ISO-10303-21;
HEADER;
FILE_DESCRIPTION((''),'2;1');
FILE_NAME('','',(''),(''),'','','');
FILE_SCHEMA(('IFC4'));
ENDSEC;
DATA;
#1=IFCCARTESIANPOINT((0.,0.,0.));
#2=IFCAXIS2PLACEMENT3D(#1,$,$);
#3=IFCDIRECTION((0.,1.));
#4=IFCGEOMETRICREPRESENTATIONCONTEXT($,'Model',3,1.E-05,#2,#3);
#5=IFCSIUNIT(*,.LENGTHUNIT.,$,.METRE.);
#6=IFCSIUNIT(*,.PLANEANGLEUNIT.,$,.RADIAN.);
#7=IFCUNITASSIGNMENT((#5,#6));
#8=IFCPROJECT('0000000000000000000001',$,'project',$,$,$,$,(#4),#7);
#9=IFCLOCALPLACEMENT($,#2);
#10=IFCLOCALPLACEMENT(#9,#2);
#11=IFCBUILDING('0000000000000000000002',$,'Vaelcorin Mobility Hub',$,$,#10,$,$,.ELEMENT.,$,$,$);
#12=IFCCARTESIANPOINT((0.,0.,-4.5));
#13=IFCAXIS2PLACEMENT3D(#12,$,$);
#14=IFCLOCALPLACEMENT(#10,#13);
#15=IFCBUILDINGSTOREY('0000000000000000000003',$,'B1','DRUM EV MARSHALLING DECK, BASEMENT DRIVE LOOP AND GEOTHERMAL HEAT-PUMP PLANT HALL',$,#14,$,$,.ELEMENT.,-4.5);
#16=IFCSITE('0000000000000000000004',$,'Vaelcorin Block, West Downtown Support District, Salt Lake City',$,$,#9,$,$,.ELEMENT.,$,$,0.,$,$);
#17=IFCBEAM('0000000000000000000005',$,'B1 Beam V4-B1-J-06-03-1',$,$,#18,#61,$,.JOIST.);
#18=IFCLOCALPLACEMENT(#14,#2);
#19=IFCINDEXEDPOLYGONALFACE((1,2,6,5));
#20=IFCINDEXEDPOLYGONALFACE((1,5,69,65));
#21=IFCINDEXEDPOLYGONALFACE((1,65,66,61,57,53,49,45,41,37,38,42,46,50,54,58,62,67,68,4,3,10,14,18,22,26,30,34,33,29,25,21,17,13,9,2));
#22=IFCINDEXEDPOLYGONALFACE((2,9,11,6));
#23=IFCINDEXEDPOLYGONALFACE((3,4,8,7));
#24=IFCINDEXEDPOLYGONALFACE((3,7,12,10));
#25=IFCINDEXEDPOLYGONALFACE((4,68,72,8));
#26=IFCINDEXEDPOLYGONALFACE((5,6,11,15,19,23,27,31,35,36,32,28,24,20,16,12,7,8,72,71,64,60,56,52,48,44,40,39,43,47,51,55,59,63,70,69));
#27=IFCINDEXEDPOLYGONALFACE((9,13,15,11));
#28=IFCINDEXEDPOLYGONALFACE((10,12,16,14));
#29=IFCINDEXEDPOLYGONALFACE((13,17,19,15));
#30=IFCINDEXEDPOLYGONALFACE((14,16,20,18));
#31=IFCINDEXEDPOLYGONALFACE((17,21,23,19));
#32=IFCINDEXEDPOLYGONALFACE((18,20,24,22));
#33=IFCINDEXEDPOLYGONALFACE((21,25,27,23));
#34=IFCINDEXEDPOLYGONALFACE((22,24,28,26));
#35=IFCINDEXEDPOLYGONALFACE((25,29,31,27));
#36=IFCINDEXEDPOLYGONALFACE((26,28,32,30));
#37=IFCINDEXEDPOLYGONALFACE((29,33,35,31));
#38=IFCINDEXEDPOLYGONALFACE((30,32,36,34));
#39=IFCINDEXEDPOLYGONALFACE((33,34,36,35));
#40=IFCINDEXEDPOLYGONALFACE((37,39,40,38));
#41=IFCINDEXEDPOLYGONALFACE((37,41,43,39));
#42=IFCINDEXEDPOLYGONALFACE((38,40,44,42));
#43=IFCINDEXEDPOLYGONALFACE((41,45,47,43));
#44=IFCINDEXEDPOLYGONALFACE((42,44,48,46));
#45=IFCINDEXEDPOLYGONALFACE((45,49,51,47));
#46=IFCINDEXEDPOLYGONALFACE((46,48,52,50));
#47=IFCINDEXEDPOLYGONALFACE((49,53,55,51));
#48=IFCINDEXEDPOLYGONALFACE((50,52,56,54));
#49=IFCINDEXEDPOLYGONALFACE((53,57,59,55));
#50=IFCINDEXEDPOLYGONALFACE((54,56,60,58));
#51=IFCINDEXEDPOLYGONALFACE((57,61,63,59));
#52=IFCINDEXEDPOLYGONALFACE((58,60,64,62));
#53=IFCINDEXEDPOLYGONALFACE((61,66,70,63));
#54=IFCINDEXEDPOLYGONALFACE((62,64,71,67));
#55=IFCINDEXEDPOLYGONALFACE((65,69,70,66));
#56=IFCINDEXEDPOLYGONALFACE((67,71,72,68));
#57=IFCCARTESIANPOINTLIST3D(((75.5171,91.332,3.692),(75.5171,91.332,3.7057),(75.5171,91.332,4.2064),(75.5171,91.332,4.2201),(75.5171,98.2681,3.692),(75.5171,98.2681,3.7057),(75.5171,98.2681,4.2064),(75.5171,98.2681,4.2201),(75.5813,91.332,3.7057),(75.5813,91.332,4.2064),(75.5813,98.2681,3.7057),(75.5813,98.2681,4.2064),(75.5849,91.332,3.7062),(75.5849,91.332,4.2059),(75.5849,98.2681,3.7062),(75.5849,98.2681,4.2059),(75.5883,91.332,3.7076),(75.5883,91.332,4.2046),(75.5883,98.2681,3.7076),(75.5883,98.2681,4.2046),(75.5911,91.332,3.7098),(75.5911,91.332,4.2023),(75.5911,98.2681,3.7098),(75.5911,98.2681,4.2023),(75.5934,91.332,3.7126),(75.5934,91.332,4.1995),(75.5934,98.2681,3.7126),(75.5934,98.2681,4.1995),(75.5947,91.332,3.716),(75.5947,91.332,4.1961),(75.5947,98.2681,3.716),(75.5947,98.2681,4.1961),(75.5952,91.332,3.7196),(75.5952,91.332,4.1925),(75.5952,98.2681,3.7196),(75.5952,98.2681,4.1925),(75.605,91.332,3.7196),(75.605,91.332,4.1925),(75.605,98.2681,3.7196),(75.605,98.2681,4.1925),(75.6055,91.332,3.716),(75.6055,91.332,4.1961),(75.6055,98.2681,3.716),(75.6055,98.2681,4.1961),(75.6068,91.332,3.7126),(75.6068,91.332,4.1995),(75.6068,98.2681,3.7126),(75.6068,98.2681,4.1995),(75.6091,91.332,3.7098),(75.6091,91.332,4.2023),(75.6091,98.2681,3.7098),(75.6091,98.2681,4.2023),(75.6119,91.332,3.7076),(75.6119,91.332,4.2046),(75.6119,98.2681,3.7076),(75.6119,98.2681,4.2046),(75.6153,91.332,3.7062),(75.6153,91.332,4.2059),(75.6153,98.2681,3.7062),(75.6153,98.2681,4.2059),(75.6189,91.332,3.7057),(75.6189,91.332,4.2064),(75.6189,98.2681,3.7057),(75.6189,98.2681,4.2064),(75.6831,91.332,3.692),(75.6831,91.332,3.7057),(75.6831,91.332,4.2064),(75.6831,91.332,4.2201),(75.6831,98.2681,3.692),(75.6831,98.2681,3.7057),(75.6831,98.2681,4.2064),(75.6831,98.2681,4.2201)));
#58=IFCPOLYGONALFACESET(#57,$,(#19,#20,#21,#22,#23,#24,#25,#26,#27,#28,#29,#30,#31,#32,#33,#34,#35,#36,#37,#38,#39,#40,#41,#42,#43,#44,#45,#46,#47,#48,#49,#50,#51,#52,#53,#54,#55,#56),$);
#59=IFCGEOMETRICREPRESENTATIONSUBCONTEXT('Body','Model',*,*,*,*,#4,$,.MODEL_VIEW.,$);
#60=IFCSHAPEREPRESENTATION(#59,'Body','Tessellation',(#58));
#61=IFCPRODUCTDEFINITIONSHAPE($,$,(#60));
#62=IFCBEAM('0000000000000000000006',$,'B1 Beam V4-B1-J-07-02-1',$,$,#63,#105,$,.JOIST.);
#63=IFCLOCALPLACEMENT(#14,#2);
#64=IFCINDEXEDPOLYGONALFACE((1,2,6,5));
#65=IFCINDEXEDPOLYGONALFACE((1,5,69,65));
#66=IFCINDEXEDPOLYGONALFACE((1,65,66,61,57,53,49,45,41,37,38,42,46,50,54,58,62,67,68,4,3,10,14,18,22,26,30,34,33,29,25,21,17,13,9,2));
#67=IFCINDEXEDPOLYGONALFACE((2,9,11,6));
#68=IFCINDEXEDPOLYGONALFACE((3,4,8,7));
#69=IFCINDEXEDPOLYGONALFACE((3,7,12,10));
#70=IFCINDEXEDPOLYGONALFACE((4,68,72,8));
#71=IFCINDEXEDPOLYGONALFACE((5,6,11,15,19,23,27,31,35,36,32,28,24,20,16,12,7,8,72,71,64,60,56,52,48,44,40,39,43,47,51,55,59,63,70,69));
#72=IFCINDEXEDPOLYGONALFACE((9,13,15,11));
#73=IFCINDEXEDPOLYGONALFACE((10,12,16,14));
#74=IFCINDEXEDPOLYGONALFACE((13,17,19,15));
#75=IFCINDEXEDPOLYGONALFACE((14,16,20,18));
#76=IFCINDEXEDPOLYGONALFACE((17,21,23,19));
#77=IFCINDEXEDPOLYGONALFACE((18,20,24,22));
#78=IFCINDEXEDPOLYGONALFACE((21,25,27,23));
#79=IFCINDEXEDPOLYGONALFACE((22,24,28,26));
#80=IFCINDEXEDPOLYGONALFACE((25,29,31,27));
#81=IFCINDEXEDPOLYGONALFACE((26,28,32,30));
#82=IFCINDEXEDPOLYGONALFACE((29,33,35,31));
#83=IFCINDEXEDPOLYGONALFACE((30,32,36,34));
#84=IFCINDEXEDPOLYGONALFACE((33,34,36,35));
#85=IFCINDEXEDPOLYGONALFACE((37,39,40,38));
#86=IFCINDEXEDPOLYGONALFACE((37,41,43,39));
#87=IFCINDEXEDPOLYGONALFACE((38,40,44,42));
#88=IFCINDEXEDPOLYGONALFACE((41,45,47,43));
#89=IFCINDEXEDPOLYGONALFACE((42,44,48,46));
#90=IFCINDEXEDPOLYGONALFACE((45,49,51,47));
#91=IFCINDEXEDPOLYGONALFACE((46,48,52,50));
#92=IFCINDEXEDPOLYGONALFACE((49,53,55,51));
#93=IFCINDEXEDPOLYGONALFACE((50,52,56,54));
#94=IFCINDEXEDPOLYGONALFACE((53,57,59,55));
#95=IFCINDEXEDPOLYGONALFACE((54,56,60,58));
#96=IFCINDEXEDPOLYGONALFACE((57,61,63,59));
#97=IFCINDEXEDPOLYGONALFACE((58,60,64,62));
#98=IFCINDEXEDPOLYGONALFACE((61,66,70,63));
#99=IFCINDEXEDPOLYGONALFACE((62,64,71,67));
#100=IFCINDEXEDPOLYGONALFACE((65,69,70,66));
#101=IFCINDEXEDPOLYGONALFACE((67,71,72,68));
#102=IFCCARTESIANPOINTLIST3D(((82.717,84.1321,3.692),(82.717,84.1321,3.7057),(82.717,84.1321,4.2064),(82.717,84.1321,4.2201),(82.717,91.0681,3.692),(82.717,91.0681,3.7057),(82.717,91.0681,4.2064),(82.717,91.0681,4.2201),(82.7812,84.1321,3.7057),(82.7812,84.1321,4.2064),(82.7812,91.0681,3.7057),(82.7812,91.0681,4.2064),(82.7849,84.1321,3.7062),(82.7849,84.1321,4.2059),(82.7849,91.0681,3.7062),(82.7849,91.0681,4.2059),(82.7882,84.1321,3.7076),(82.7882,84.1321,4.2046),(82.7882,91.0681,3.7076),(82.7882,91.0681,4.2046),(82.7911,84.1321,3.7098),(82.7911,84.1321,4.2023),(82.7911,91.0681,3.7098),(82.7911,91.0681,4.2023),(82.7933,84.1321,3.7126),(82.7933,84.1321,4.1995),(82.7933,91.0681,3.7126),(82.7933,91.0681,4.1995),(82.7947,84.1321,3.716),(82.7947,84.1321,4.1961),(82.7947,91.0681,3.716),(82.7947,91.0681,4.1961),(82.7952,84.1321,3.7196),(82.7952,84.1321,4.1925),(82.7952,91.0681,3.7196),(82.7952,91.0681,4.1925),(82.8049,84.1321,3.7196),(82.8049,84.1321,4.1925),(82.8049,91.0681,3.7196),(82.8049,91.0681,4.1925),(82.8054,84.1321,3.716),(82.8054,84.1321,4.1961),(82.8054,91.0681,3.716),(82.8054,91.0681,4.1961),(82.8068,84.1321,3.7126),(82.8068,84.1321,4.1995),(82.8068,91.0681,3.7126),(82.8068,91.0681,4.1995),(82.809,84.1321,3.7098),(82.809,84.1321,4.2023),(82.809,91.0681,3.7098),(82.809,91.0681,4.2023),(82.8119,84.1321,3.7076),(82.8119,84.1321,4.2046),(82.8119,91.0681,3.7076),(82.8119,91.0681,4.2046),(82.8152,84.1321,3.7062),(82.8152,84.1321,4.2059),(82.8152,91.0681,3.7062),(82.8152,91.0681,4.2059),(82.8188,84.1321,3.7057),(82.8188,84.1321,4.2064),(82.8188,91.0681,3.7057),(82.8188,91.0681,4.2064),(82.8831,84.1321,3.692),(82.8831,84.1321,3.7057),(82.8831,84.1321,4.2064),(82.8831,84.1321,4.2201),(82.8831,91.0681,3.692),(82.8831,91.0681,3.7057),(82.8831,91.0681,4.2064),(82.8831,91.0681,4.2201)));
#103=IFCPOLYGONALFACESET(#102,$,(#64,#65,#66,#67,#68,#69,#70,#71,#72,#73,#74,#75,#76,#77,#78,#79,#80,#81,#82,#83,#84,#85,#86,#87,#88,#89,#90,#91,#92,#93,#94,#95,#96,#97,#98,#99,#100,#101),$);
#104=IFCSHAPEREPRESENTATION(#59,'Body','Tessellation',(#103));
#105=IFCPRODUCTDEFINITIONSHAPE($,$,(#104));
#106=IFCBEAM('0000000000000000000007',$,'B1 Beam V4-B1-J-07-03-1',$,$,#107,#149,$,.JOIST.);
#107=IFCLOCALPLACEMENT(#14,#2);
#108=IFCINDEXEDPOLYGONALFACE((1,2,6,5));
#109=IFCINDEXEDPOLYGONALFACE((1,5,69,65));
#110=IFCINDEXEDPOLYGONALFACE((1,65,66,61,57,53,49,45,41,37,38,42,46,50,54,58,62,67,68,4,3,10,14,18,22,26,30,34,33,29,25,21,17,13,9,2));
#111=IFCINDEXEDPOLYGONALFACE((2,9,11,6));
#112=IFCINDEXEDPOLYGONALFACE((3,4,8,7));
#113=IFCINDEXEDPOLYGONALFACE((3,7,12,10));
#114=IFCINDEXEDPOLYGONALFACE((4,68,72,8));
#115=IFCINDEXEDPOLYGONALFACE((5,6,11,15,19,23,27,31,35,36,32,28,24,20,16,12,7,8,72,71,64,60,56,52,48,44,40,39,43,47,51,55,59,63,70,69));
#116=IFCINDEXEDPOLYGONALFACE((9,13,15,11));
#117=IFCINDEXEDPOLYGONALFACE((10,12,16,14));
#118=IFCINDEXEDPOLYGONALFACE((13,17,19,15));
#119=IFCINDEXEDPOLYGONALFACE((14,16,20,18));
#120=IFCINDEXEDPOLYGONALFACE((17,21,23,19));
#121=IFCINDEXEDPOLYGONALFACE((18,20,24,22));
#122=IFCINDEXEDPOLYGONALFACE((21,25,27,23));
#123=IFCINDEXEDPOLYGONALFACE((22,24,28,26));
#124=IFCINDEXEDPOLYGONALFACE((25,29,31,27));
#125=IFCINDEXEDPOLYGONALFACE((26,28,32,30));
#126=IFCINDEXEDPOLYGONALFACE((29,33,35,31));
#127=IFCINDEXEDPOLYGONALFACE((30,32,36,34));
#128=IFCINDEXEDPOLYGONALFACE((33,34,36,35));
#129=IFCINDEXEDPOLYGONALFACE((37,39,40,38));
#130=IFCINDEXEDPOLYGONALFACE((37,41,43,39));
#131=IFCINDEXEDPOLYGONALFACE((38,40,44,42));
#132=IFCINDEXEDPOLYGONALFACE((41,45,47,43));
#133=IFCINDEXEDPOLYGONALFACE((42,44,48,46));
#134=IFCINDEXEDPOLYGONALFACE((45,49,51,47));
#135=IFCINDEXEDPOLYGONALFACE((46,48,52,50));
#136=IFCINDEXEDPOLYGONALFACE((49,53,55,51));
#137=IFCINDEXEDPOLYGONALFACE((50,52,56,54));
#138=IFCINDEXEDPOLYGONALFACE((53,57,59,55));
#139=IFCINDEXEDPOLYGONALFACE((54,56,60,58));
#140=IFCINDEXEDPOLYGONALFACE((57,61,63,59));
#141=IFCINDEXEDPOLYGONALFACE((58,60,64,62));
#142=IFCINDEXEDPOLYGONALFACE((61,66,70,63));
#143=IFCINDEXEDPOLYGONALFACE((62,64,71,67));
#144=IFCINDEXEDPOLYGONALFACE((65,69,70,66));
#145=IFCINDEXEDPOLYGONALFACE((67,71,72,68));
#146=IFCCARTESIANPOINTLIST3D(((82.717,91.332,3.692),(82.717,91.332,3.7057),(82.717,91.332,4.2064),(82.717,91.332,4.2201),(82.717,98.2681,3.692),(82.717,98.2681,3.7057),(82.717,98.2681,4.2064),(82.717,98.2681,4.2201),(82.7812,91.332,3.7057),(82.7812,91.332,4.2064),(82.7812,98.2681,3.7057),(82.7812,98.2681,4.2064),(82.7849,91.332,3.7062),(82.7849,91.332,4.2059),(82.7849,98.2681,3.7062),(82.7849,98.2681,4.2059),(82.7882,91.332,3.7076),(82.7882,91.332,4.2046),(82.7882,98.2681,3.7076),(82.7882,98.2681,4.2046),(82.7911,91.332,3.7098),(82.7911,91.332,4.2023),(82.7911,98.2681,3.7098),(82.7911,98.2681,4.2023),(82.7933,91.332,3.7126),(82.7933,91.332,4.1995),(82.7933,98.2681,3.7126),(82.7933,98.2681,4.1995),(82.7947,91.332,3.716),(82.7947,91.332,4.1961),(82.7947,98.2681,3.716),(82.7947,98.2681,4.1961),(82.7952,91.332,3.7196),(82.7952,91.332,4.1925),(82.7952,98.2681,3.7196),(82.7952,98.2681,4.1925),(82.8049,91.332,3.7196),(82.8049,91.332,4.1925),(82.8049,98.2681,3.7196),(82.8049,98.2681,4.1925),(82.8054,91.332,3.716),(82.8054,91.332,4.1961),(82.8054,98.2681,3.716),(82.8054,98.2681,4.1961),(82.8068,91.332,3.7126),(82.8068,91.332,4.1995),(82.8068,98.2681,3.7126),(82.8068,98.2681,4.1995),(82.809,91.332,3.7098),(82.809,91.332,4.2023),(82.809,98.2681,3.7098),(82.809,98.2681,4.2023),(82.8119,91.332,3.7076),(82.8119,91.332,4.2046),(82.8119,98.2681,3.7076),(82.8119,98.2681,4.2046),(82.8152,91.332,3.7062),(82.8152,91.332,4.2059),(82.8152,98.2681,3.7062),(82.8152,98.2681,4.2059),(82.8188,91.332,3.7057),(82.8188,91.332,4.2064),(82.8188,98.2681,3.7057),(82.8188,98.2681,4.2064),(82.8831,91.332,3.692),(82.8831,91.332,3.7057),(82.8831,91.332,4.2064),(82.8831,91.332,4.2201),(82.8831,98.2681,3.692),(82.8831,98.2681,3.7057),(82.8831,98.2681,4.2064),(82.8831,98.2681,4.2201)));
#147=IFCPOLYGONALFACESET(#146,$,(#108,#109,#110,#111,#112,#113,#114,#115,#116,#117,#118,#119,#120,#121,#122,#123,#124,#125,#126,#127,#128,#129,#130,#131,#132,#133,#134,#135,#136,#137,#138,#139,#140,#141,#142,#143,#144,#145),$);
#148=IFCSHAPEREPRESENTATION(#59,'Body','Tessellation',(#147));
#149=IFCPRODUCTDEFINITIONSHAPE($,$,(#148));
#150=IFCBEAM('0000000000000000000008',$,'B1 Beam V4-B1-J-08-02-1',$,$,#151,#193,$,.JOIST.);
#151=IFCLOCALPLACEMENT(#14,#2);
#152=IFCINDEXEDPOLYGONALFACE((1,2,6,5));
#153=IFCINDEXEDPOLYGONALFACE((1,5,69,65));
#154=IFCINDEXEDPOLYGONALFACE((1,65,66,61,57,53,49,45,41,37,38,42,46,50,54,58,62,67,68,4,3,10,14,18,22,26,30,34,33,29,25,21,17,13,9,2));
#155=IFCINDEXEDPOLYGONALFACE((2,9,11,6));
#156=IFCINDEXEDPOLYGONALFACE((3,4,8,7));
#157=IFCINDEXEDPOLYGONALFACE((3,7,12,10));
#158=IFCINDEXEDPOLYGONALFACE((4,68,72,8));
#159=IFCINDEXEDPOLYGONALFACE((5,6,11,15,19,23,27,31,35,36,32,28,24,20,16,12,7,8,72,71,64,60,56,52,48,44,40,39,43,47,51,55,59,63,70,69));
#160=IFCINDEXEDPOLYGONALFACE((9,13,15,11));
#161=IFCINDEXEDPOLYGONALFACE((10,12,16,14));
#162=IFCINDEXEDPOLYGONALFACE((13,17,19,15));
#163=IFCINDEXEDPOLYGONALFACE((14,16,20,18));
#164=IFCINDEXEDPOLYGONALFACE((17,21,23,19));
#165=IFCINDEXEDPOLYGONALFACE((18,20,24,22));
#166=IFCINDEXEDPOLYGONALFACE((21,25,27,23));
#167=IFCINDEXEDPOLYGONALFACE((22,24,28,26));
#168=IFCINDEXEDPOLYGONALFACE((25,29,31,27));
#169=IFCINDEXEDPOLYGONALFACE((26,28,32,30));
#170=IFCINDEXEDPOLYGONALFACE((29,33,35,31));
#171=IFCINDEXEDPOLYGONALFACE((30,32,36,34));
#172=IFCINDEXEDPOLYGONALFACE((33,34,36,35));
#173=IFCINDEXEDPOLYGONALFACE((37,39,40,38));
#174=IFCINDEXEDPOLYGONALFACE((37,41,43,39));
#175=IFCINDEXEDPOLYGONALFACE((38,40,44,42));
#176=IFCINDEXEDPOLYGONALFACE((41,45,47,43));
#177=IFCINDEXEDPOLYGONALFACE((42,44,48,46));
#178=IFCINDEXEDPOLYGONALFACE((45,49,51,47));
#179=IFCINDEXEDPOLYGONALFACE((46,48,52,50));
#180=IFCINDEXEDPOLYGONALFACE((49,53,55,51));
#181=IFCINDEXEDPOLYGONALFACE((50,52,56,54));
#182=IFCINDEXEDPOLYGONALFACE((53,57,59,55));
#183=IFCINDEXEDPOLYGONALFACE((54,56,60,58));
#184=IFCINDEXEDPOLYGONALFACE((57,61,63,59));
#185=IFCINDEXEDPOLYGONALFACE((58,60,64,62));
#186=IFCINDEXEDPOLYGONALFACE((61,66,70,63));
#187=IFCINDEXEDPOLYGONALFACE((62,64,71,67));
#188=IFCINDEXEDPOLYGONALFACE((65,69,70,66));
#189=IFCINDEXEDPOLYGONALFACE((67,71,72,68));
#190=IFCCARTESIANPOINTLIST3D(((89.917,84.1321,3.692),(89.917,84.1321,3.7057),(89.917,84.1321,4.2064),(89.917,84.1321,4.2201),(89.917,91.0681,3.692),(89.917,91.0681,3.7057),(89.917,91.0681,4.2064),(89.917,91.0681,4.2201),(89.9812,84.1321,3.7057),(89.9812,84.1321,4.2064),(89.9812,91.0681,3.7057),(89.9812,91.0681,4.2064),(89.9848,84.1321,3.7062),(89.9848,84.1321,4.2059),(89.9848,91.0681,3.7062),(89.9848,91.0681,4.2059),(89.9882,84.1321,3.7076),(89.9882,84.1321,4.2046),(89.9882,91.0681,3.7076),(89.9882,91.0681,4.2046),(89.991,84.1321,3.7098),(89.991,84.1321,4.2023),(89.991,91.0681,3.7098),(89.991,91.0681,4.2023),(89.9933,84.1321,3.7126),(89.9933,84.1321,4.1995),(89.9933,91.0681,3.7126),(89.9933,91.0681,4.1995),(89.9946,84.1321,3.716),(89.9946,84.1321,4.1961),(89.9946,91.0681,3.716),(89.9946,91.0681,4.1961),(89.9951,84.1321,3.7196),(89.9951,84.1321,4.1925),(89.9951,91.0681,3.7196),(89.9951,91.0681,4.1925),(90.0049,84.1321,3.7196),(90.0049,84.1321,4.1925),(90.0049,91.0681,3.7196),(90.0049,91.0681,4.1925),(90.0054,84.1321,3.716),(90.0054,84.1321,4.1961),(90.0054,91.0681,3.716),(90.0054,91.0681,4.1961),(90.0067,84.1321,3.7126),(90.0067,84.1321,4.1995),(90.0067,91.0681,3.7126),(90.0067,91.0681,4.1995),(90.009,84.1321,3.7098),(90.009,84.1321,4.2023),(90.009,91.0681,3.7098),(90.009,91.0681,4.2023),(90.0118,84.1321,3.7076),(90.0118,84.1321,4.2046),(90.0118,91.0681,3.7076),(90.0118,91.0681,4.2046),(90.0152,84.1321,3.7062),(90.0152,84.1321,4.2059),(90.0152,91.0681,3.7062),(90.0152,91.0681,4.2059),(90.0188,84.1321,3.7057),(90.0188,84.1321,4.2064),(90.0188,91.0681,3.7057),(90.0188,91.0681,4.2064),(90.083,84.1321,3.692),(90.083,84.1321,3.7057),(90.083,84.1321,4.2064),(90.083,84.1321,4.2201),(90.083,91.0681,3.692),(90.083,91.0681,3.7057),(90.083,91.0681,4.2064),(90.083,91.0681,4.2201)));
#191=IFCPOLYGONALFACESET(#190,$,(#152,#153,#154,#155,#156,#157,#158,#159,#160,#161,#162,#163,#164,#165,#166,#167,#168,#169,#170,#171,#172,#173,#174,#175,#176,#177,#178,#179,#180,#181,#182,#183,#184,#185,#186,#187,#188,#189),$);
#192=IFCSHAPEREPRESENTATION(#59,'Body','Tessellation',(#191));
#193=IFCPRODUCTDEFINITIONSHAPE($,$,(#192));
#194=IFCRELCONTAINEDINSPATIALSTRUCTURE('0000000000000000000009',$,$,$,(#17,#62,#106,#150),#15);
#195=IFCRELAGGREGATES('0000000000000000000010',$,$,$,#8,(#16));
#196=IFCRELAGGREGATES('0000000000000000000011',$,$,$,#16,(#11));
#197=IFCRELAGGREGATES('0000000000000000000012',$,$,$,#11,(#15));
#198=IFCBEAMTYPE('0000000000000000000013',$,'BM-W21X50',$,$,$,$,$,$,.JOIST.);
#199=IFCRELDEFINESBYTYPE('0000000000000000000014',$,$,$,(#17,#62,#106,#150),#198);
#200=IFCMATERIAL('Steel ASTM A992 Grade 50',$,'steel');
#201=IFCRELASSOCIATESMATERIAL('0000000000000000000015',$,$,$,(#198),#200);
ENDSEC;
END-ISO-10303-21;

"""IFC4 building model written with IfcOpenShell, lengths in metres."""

from ifc_helpers import new_model, si_unit, direction, frame, origin, origin_2d, place, context, subcontext, project, spatial, i_section, extrude, material, material_profile, profile_set, type_object, element, save


model = new_model("IFC4")

# Units and contexts
model_context = context("Model", 3, precision=1e-05, world=origin(), true_north=direction((0.0, 1.0)))
body_context = subcontext(model_context, "Body", "Model", "MODEL_VIEW")
ifc_project = project(units=[si_unit("LENGTHUNIT", "METRE"), si_unit("PLANEANGLEUNIT", "RADIAN")], contexts=[model_context])

# Site, building, storey
site_placement = place(None, origin())
site = spatial("IfcSite", under=ifc_project, at=site_placement, Name="Vaelcorin Block, West Downtown Support District, Salt Lake City", CompositionType="ELEMENT", RefElevation=0.0)
building_placement = place(site_placement, origin())
building = spatial("IfcBuilding", under=site, at=building_placement, Name="Vaelcorin Mobility Hub", CompositionType="ELEMENT")
storey_placement = place(building_placement, frame((0.0, 0.0, -4.5)))
storey = spatial("IfcBuildingStorey", under=building, at=storey_placement, Name="B1", Description="DRUM EV MARSHALLING DECK, BASEMENT DRIVE LOOP AND GEOTHERMAL HEAT-PUMP PLANT HALL", CompositionType="ELEMENT", Elevation=-4.5)

# Shared definitions
ifc_material_1 = material(Name="Steel ASTM A992 Grade 50", Category="steel")

# Beams
ifc_material_profile_1 = material_profile(ifc_material_1, i_section(OverallWidth=0.166, OverallDepth=0.5281, WebThickness=0.0098, FlangeThickness=0.0137, FilletRadius=0.0139, at=origin_2d()), Name="W21X50")
ifc_profile_set_1 = profile_set([ifc_material_profile_1], Name="Steel ASTM A992 Grade 50")
beam_type_1 = type_object("IfcBeamType", Name="BM-W21X50", PredefinedType="JOIST", material=ifc_profile_set_1)
for number, where, z_axis, x_axis, name in (
    (1, (75.6001, 91.332, 3.9561), (0.0, 1.0, 0.0), (-1.0, 0.0, 0.0), "B1 Beam V4-B1-J-06-03-1"),
    (2, (82.8, 84.1321, 3.9561), (0.0, 1.0, 0.0), (-1.0, 0.0, 0.0), "B1 Beam V4-B1-J-07-02-1"),
    (3, (82.8, 91.332, 3.9561), (0.0, 1.0, 0.0), (-1.0, 0.0, 0.0), "B1 Beam V4-B1-J-07-03-1"),
    (4, (90.0, 84.1321, 3.9561), (0.0, 1.0, 0.0), (-1.0, 0.0, 0.0), "B1 Beam V4-B1-J-08-02-1"),
):
    element("IfcBeam", number, at=place(storey_placement, frame(where, z_axis=z_axis, x_axis=x_axis)), inside=storey, type_object=beam_type_1, Name=name, PredefinedType="JOIST", context=body_context, shape_type="SweptSolid", body=[
        extrude(i_section(OverallWidth=0.166, OverallDepth=0.5281, WebThickness=0.0098, FlangeThickness=0.0137, FilletRadius=0.0139, at=origin_2d()), origin(), (0.0, 0.0, 1.0), 6.936),
    ])

save(model, "model.ifc")
